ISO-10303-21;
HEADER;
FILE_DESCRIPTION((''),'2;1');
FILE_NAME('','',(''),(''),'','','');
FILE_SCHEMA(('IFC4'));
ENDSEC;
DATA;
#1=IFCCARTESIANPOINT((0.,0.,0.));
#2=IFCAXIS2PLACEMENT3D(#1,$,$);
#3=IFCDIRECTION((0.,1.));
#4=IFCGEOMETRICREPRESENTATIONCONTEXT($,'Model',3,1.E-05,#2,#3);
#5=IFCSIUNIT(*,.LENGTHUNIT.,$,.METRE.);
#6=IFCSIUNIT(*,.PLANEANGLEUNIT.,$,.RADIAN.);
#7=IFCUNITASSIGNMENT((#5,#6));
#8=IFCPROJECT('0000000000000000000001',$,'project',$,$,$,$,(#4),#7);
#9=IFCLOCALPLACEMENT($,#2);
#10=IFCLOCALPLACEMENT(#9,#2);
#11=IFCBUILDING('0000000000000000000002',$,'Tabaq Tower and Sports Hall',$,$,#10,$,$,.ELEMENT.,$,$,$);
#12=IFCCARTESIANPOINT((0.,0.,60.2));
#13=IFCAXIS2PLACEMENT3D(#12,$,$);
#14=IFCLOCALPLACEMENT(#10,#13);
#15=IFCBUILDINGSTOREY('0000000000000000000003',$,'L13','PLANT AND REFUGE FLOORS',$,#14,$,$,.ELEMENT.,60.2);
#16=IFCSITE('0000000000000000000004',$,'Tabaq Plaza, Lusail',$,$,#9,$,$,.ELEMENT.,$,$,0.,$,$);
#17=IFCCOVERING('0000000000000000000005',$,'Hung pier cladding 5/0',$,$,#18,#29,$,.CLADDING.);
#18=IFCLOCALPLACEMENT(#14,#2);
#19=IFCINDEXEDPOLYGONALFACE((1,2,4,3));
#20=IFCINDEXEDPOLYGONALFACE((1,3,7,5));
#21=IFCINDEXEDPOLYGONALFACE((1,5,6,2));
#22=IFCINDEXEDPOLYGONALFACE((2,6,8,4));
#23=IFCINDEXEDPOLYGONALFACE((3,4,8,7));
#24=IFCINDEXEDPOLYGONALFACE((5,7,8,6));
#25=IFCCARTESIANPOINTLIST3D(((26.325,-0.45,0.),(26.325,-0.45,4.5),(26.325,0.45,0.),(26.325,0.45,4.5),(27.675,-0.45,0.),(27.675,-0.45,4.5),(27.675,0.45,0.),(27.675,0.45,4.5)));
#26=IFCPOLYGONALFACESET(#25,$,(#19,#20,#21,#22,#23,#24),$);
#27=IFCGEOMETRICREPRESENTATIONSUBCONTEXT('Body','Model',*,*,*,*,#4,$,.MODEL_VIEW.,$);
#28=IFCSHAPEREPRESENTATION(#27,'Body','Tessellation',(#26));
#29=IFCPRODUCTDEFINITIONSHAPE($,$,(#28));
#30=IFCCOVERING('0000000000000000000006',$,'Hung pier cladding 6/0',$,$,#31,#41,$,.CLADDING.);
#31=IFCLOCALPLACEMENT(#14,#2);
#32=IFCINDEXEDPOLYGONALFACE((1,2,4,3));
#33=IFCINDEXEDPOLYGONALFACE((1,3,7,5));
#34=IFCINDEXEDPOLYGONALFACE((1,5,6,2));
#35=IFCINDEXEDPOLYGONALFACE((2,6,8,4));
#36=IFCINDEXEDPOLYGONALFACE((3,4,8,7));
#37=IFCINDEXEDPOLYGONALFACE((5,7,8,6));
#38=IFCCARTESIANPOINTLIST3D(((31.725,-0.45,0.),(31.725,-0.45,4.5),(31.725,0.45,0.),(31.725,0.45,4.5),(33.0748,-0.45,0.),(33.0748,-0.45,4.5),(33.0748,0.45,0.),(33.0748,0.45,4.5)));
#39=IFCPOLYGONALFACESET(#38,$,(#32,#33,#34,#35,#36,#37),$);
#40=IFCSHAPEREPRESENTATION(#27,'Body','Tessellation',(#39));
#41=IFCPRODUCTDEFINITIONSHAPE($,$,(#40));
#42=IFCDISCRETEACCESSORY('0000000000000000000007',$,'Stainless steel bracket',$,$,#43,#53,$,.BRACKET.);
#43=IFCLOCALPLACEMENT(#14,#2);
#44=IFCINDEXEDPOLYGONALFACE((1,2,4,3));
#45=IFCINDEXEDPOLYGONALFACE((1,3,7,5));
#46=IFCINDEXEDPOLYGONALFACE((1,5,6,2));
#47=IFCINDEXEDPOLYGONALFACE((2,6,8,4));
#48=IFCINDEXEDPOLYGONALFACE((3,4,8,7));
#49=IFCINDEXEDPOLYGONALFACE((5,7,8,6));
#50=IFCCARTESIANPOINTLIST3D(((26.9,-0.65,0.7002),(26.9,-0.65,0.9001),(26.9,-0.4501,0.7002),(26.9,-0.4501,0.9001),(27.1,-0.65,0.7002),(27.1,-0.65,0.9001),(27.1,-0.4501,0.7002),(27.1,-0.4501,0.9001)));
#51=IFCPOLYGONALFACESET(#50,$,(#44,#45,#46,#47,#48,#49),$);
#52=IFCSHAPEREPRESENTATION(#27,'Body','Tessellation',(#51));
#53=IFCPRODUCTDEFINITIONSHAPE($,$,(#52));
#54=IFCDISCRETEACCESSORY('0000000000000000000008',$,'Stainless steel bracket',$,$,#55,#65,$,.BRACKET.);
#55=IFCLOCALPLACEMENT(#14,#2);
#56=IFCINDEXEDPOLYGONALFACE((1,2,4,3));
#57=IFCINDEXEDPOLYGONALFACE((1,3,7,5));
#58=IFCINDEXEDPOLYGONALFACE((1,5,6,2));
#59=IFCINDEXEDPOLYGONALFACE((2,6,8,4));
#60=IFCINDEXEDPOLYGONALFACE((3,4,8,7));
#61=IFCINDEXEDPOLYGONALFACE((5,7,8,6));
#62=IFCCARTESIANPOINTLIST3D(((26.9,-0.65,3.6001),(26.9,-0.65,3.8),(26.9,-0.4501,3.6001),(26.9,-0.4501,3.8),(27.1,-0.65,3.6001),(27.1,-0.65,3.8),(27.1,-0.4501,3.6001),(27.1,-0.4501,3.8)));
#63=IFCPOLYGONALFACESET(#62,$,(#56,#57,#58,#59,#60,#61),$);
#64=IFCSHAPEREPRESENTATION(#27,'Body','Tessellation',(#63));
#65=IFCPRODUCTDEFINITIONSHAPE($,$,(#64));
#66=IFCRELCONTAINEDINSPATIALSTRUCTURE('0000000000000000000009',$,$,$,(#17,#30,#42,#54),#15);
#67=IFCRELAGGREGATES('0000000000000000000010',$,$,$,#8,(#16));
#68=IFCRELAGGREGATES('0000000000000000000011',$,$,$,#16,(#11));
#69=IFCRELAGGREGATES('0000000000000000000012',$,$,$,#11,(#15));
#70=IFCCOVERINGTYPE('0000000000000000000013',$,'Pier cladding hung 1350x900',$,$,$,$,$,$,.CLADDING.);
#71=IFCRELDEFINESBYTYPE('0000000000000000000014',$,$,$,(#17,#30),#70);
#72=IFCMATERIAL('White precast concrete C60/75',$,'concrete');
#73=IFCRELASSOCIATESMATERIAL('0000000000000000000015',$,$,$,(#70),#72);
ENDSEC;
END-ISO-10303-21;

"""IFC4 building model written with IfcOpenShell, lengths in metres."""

from ifc_helpers import new_model, si_unit, direction, frame, frame_2d, origin, origin_2d, place, context, subcontext, project, spatial, rectangle, extrude, material, type_object, element, save


model = new_model("IFC4")

# Units and contexts
model_context = context("Model", 3, precision=1e-05, world=origin(), true_north=direction((0.0, 1.0)))
body_context = subcontext(model_context, "Body", "Model", "MODEL_VIEW")
ifc_project = project(units=[si_unit("LENGTHUNIT", "METRE"), si_unit("PLANEANGLEUNIT", "RADIAN")], contexts=[model_context])

# Site, building, storey
site_placement = place(None, origin())
site = spatial("IfcSite", under=ifc_project, at=site_placement, Name="Tabaq Plaza, Lusail", CompositionType="ELEMENT", RefElevation=0.0)
building_placement = place(site_placement, origin())
building = spatial("IfcBuilding", under=site, at=building_placement, Name="Tabaq Tower and Sports Hall", CompositionType="ELEMENT")
storey_placement = place(building_placement, frame((0.0, 0.0, 60.2)))
storey = spatial("IfcBuildingStorey", under=building, at=storey_placement, Name="L13", Description="PLANT AND REFUGE FLOORS", CompositionType="ELEMENT", Elevation=60.2)

# Coverings
ifc_material_1 = material(Name="White precast concrete C60/75", Category="concrete")
covering_type = type_object("IfcCoveringType", Name="Pier cladding hung 1350x900", PredefinedType="CLADDING", material=ifc_material_1)
covering_1_placement = place(storey_placement, frame((26.325, 0.0, 0.0), z_axis=(0.0, 0.0, 1.0), x_axis=(1.0, 0.0, 0.0)))
element("IfcCovering", 1, at=covering_1_placement, inside=storey, type_object=covering_type, Name="Hung pier cladding 5/0", PredefinedType="CLADDING", context=body_context, shape_type="SweptSolid", body=[
    extrude(rectangle(XDim=1.3501, YDim=0.8999, at=frame_2d((0.675, 0.0))), origin(), (0.0, 0.0, 1.0), 4.5),
])
covering_2_placement = place(storey_placement, frame((31.7251, 0.0, 0.0), z_axis=(0.0, 0.0, 1.0), x_axis=(1.0, 0.0, 0.0)))
element("IfcCovering", 2, at=covering_2_placement, inside=storey, type_object=covering_type, Name="Hung pier cladding 6/0", PredefinedType="CLADDING", context=body_context, shape_type="SweptSolid", body=[
    extrude(rectangle(XDim=1.3499, YDim=0.8999, at=frame_2d((0.6748, 0.0))), origin(), (0.0, 0.0, 1.0), 4.5),
])

# Discrete accessories
for number, where, z_axis, x_axis, name in (
    (3, (27.0, -0.55, 0.7002), (0.0, 0.0, 1.0), (0.0, 1.0, 0.0), "Stainless steel bracket"),
    (4, (27.0, -0.55, 3.6001), (0.0, 0.0, 1.0), (0.0, 1.0, 0.0), "Stainless steel bracket"),
):
    element("IfcDiscreteAccessory", number, at=place(storey_placement, frame(where, z_axis=z_axis, x_axis=x_axis)), inside=storey, Name=name, PredefinedType="BRACKET", context=body_context, shape_type="SweptSolid", body=[
        extrude(rectangle(XDim=0.2, YDim=0.2, at=origin_2d()), origin(), (0.0, 0.0, 1.0), 0.2),
    ])

save(model, "model.ifc")
